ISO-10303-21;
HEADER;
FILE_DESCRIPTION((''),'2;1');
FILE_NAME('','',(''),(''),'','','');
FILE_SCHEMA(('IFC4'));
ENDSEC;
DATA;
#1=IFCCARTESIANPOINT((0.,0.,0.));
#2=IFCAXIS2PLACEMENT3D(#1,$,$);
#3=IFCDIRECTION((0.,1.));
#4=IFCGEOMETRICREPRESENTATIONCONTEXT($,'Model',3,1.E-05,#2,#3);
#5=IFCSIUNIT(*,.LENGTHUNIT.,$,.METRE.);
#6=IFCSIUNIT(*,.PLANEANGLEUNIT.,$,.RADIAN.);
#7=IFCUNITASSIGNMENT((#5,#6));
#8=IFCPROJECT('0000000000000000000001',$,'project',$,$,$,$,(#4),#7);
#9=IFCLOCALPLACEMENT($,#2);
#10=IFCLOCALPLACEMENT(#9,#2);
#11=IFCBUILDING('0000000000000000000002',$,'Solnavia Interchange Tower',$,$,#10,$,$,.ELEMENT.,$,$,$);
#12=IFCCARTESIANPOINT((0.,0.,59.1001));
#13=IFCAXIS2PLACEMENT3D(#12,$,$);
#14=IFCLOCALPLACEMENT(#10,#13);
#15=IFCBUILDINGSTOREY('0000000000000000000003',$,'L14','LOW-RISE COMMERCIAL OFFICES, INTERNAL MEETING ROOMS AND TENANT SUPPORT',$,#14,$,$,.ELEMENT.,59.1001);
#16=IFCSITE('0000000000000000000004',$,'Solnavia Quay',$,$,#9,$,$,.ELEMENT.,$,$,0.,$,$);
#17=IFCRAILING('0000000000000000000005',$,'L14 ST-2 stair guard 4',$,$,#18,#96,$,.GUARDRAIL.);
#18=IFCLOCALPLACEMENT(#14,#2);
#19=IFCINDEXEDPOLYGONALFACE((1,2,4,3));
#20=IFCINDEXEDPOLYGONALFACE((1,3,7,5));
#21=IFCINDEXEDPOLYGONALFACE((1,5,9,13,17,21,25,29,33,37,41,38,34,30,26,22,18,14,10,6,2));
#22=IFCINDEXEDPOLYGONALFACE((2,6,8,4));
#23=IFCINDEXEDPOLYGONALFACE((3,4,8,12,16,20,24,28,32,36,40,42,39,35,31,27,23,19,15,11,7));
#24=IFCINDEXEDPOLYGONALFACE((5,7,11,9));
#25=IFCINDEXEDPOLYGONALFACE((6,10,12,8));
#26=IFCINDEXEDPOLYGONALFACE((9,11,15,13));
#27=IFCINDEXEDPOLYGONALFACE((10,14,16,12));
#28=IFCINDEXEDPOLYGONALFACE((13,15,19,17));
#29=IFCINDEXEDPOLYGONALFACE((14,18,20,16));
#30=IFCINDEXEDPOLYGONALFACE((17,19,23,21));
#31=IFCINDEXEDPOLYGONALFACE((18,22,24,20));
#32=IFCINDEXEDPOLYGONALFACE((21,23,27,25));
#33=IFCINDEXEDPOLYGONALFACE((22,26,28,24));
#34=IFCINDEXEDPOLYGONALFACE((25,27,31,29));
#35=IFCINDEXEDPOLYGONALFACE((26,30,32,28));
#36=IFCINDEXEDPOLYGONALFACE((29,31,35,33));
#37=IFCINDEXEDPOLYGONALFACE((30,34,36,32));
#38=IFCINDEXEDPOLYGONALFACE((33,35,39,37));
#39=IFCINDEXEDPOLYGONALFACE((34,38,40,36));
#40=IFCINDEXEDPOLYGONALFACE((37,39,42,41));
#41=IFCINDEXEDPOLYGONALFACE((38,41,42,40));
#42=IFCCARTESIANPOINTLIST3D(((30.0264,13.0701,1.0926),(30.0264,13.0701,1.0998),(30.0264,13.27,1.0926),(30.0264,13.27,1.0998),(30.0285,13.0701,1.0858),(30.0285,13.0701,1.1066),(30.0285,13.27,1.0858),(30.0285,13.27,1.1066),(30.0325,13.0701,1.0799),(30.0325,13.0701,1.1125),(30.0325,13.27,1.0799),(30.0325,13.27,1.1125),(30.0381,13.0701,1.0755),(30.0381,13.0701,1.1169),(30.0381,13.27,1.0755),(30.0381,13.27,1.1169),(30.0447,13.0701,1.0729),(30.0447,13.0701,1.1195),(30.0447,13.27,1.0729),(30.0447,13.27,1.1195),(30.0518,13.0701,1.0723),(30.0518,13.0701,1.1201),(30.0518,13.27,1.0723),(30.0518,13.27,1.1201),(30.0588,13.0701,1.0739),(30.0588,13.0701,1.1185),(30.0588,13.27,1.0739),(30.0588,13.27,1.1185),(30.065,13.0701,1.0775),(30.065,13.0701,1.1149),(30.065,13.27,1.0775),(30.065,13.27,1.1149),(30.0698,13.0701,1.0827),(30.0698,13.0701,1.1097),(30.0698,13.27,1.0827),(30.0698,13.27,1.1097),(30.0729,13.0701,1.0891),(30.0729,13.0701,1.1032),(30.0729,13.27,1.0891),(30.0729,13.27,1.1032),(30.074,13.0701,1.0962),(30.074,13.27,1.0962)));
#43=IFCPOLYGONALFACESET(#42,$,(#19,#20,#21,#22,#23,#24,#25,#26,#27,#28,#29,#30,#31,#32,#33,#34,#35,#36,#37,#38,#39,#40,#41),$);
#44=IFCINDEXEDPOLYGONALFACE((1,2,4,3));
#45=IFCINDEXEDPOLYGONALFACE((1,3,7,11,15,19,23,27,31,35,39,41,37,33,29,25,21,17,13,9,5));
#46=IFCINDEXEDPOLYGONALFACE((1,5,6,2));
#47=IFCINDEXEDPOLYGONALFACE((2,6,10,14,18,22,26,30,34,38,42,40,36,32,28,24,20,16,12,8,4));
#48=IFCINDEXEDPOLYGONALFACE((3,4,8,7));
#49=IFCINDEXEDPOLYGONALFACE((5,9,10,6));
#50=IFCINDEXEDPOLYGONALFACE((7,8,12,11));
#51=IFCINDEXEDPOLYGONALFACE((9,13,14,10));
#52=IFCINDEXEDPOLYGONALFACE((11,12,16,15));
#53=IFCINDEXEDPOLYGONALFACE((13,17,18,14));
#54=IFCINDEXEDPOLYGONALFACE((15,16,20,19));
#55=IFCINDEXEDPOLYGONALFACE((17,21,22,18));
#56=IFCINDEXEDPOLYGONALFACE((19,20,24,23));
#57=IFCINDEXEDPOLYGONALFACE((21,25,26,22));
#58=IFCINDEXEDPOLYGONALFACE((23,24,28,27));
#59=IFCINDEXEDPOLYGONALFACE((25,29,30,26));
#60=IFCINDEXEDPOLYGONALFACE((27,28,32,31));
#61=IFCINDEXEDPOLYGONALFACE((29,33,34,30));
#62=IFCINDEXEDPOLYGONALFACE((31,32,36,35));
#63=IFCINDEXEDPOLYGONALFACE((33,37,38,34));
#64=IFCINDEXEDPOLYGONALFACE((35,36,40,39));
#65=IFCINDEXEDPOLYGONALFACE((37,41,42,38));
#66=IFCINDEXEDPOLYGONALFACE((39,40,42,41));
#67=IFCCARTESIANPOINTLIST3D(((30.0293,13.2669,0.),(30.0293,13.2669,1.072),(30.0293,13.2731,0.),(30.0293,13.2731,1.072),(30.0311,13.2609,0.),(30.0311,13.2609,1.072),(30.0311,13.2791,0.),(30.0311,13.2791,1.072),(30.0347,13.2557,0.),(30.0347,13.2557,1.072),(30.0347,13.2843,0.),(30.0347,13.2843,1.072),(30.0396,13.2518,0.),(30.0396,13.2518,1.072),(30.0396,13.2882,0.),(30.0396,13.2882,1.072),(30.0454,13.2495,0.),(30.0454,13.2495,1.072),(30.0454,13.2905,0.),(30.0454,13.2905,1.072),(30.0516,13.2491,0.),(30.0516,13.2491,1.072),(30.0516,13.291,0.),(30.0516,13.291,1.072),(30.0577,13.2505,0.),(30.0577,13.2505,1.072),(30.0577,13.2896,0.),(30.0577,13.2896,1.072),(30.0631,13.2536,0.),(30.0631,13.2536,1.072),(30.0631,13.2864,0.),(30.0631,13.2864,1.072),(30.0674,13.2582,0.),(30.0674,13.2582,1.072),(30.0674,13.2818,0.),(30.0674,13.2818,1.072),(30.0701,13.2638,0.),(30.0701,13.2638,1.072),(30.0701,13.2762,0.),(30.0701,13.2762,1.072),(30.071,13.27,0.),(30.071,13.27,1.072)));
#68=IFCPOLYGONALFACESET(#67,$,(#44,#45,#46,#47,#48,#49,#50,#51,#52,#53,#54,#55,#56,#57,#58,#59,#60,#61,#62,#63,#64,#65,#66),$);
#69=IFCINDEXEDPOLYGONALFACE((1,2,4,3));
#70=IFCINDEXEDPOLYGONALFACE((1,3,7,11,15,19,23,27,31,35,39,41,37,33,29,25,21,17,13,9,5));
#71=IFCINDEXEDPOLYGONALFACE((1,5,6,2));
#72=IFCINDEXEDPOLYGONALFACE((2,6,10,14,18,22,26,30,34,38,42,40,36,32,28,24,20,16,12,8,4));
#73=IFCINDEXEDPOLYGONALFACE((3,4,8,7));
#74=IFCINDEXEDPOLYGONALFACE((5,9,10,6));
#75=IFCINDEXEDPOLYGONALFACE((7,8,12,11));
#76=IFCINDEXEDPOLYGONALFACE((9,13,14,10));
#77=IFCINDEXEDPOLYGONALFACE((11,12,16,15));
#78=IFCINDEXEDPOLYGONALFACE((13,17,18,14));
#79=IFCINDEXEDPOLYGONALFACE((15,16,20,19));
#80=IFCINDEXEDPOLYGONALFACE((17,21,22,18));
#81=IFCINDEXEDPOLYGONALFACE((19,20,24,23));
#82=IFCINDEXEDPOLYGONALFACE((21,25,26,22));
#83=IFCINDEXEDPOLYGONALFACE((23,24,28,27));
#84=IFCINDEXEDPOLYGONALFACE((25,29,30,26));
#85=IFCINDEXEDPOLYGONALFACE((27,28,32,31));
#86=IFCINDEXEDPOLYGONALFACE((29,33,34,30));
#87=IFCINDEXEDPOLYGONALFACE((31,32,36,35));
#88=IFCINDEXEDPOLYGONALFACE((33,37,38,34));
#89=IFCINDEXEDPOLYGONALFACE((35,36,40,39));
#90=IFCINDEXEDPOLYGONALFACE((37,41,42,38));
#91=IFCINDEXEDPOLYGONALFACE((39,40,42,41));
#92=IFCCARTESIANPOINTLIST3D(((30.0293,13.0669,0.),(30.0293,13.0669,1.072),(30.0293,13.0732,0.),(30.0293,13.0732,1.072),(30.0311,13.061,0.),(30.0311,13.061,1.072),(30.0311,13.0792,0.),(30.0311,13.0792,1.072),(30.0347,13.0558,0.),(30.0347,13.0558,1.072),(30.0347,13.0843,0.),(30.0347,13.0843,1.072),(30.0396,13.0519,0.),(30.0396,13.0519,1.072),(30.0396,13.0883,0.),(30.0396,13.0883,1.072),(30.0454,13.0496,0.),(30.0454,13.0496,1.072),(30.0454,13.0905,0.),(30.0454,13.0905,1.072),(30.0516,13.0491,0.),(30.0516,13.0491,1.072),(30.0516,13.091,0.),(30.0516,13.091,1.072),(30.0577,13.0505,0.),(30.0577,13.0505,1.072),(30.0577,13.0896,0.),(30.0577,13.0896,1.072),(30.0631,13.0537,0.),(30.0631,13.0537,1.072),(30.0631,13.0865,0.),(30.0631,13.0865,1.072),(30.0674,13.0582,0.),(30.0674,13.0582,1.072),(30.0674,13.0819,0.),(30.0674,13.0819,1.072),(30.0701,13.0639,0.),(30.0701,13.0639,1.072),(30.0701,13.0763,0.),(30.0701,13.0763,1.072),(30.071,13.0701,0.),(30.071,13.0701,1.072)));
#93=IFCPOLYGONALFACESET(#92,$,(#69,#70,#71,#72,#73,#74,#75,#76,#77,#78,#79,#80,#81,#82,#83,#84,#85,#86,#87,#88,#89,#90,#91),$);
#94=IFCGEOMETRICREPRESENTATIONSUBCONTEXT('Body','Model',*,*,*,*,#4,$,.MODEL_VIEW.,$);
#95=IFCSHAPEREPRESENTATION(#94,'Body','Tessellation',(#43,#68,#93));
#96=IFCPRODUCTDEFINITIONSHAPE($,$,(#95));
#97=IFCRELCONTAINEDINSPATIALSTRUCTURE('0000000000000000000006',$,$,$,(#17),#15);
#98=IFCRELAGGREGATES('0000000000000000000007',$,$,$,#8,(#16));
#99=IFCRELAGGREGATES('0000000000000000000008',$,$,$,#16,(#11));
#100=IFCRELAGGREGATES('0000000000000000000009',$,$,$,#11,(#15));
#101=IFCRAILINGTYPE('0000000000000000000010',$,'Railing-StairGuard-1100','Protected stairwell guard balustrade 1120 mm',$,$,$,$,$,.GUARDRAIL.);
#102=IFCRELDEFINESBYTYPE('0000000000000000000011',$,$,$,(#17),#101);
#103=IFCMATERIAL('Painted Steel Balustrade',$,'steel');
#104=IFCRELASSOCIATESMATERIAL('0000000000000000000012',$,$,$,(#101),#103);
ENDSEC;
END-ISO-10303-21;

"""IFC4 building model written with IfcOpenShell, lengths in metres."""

from ifc_helpers import new_model, si_unit, direction, frame, origin, origin_2d, place, context, subcontext, project, spatial, circle, extrude, material, type_object, element, save


model = new_model("IFC4")

# Units and contexts
model_context = context("Model", 3, precision=1e-05, world=origin(), true_north=direction((0.0, 1.0)))
body_context = subcontext(model_context, "Body", "Model", "MODEL_VIEW")
ifc_project = project(units=[si_unit("LENGTHUNIT", "METRE"), si_unit("PLANEANGLEUNIT", "RADIAN")], contexts=[model_context])

# Site, building, storey
site_placement = place(None, origin())
site = spatial("IfcSite", under=ifc_project, at=site_placement, Name="Solnavia Quay", CompositionType="ELEMENT", RefElevation=0.0)
building_placement = place(site_placement, origin())
building = spatial("IfcBuilding", under=site, at=building_placement, Name="Solnavia Interchange Tower", CompositionType="ELEMENT")
storey_placement = place(building_placement, frame((0.0, 0.0, 59.1001)))
storey = spatial("IfcBuildingStorey", under=building, at=storey_placement, Name="L14", Description="LOW-RISE COMMERCIAL OFFICES, INTERNAL MEETING ROOMS AND TENANT SUPPORT", CompositionType="ELEMENT", Elevation=59.1001)

# Railing
ifc_material_1 = material(Name="Painted Steel Balustrade", Category="steel")
railing_type_1 = type_object("IfcRailingType", Name="Railing-StairGuard-1100", Description="Protected stairwell guard balustrade 1120 mm", PredefinedType="GUARDRAIL", material=ifc_material_1)
railing_1_placement = place(storey_placement, frame((30.05, 13.27, 0.0)))
element("IfcRailing", 1, at=railing_1_placement, inside=storey, type_object=railing_type_1, Name="L14 ST-2 stair guard 4", PredefinedType="GUARDRAIL", context=body_context, shape_type="SweptSolid", body=[
    extrude(circle(Radius=0.0239, at=origin_2d()), frame((0.0, 0.0, 1.0962), z_axis=(0.0, -1.0, 0.0), x_axis=(1.0, 0.0, 0.0)), (0.0, 0.0, 1.0), 0.2),
    extrude(circle(Radius=0.021, at=origin_2d()), origin(), (0.0, 0.0, 1.0), 1.072),
    extrude(circle(Radius=0.021, at=origin_2d()), frame((0.0, -0.2, 0.0)), (0.0, 0.0, 1.0), 1.072),
])

save(model, "model.ifc")
